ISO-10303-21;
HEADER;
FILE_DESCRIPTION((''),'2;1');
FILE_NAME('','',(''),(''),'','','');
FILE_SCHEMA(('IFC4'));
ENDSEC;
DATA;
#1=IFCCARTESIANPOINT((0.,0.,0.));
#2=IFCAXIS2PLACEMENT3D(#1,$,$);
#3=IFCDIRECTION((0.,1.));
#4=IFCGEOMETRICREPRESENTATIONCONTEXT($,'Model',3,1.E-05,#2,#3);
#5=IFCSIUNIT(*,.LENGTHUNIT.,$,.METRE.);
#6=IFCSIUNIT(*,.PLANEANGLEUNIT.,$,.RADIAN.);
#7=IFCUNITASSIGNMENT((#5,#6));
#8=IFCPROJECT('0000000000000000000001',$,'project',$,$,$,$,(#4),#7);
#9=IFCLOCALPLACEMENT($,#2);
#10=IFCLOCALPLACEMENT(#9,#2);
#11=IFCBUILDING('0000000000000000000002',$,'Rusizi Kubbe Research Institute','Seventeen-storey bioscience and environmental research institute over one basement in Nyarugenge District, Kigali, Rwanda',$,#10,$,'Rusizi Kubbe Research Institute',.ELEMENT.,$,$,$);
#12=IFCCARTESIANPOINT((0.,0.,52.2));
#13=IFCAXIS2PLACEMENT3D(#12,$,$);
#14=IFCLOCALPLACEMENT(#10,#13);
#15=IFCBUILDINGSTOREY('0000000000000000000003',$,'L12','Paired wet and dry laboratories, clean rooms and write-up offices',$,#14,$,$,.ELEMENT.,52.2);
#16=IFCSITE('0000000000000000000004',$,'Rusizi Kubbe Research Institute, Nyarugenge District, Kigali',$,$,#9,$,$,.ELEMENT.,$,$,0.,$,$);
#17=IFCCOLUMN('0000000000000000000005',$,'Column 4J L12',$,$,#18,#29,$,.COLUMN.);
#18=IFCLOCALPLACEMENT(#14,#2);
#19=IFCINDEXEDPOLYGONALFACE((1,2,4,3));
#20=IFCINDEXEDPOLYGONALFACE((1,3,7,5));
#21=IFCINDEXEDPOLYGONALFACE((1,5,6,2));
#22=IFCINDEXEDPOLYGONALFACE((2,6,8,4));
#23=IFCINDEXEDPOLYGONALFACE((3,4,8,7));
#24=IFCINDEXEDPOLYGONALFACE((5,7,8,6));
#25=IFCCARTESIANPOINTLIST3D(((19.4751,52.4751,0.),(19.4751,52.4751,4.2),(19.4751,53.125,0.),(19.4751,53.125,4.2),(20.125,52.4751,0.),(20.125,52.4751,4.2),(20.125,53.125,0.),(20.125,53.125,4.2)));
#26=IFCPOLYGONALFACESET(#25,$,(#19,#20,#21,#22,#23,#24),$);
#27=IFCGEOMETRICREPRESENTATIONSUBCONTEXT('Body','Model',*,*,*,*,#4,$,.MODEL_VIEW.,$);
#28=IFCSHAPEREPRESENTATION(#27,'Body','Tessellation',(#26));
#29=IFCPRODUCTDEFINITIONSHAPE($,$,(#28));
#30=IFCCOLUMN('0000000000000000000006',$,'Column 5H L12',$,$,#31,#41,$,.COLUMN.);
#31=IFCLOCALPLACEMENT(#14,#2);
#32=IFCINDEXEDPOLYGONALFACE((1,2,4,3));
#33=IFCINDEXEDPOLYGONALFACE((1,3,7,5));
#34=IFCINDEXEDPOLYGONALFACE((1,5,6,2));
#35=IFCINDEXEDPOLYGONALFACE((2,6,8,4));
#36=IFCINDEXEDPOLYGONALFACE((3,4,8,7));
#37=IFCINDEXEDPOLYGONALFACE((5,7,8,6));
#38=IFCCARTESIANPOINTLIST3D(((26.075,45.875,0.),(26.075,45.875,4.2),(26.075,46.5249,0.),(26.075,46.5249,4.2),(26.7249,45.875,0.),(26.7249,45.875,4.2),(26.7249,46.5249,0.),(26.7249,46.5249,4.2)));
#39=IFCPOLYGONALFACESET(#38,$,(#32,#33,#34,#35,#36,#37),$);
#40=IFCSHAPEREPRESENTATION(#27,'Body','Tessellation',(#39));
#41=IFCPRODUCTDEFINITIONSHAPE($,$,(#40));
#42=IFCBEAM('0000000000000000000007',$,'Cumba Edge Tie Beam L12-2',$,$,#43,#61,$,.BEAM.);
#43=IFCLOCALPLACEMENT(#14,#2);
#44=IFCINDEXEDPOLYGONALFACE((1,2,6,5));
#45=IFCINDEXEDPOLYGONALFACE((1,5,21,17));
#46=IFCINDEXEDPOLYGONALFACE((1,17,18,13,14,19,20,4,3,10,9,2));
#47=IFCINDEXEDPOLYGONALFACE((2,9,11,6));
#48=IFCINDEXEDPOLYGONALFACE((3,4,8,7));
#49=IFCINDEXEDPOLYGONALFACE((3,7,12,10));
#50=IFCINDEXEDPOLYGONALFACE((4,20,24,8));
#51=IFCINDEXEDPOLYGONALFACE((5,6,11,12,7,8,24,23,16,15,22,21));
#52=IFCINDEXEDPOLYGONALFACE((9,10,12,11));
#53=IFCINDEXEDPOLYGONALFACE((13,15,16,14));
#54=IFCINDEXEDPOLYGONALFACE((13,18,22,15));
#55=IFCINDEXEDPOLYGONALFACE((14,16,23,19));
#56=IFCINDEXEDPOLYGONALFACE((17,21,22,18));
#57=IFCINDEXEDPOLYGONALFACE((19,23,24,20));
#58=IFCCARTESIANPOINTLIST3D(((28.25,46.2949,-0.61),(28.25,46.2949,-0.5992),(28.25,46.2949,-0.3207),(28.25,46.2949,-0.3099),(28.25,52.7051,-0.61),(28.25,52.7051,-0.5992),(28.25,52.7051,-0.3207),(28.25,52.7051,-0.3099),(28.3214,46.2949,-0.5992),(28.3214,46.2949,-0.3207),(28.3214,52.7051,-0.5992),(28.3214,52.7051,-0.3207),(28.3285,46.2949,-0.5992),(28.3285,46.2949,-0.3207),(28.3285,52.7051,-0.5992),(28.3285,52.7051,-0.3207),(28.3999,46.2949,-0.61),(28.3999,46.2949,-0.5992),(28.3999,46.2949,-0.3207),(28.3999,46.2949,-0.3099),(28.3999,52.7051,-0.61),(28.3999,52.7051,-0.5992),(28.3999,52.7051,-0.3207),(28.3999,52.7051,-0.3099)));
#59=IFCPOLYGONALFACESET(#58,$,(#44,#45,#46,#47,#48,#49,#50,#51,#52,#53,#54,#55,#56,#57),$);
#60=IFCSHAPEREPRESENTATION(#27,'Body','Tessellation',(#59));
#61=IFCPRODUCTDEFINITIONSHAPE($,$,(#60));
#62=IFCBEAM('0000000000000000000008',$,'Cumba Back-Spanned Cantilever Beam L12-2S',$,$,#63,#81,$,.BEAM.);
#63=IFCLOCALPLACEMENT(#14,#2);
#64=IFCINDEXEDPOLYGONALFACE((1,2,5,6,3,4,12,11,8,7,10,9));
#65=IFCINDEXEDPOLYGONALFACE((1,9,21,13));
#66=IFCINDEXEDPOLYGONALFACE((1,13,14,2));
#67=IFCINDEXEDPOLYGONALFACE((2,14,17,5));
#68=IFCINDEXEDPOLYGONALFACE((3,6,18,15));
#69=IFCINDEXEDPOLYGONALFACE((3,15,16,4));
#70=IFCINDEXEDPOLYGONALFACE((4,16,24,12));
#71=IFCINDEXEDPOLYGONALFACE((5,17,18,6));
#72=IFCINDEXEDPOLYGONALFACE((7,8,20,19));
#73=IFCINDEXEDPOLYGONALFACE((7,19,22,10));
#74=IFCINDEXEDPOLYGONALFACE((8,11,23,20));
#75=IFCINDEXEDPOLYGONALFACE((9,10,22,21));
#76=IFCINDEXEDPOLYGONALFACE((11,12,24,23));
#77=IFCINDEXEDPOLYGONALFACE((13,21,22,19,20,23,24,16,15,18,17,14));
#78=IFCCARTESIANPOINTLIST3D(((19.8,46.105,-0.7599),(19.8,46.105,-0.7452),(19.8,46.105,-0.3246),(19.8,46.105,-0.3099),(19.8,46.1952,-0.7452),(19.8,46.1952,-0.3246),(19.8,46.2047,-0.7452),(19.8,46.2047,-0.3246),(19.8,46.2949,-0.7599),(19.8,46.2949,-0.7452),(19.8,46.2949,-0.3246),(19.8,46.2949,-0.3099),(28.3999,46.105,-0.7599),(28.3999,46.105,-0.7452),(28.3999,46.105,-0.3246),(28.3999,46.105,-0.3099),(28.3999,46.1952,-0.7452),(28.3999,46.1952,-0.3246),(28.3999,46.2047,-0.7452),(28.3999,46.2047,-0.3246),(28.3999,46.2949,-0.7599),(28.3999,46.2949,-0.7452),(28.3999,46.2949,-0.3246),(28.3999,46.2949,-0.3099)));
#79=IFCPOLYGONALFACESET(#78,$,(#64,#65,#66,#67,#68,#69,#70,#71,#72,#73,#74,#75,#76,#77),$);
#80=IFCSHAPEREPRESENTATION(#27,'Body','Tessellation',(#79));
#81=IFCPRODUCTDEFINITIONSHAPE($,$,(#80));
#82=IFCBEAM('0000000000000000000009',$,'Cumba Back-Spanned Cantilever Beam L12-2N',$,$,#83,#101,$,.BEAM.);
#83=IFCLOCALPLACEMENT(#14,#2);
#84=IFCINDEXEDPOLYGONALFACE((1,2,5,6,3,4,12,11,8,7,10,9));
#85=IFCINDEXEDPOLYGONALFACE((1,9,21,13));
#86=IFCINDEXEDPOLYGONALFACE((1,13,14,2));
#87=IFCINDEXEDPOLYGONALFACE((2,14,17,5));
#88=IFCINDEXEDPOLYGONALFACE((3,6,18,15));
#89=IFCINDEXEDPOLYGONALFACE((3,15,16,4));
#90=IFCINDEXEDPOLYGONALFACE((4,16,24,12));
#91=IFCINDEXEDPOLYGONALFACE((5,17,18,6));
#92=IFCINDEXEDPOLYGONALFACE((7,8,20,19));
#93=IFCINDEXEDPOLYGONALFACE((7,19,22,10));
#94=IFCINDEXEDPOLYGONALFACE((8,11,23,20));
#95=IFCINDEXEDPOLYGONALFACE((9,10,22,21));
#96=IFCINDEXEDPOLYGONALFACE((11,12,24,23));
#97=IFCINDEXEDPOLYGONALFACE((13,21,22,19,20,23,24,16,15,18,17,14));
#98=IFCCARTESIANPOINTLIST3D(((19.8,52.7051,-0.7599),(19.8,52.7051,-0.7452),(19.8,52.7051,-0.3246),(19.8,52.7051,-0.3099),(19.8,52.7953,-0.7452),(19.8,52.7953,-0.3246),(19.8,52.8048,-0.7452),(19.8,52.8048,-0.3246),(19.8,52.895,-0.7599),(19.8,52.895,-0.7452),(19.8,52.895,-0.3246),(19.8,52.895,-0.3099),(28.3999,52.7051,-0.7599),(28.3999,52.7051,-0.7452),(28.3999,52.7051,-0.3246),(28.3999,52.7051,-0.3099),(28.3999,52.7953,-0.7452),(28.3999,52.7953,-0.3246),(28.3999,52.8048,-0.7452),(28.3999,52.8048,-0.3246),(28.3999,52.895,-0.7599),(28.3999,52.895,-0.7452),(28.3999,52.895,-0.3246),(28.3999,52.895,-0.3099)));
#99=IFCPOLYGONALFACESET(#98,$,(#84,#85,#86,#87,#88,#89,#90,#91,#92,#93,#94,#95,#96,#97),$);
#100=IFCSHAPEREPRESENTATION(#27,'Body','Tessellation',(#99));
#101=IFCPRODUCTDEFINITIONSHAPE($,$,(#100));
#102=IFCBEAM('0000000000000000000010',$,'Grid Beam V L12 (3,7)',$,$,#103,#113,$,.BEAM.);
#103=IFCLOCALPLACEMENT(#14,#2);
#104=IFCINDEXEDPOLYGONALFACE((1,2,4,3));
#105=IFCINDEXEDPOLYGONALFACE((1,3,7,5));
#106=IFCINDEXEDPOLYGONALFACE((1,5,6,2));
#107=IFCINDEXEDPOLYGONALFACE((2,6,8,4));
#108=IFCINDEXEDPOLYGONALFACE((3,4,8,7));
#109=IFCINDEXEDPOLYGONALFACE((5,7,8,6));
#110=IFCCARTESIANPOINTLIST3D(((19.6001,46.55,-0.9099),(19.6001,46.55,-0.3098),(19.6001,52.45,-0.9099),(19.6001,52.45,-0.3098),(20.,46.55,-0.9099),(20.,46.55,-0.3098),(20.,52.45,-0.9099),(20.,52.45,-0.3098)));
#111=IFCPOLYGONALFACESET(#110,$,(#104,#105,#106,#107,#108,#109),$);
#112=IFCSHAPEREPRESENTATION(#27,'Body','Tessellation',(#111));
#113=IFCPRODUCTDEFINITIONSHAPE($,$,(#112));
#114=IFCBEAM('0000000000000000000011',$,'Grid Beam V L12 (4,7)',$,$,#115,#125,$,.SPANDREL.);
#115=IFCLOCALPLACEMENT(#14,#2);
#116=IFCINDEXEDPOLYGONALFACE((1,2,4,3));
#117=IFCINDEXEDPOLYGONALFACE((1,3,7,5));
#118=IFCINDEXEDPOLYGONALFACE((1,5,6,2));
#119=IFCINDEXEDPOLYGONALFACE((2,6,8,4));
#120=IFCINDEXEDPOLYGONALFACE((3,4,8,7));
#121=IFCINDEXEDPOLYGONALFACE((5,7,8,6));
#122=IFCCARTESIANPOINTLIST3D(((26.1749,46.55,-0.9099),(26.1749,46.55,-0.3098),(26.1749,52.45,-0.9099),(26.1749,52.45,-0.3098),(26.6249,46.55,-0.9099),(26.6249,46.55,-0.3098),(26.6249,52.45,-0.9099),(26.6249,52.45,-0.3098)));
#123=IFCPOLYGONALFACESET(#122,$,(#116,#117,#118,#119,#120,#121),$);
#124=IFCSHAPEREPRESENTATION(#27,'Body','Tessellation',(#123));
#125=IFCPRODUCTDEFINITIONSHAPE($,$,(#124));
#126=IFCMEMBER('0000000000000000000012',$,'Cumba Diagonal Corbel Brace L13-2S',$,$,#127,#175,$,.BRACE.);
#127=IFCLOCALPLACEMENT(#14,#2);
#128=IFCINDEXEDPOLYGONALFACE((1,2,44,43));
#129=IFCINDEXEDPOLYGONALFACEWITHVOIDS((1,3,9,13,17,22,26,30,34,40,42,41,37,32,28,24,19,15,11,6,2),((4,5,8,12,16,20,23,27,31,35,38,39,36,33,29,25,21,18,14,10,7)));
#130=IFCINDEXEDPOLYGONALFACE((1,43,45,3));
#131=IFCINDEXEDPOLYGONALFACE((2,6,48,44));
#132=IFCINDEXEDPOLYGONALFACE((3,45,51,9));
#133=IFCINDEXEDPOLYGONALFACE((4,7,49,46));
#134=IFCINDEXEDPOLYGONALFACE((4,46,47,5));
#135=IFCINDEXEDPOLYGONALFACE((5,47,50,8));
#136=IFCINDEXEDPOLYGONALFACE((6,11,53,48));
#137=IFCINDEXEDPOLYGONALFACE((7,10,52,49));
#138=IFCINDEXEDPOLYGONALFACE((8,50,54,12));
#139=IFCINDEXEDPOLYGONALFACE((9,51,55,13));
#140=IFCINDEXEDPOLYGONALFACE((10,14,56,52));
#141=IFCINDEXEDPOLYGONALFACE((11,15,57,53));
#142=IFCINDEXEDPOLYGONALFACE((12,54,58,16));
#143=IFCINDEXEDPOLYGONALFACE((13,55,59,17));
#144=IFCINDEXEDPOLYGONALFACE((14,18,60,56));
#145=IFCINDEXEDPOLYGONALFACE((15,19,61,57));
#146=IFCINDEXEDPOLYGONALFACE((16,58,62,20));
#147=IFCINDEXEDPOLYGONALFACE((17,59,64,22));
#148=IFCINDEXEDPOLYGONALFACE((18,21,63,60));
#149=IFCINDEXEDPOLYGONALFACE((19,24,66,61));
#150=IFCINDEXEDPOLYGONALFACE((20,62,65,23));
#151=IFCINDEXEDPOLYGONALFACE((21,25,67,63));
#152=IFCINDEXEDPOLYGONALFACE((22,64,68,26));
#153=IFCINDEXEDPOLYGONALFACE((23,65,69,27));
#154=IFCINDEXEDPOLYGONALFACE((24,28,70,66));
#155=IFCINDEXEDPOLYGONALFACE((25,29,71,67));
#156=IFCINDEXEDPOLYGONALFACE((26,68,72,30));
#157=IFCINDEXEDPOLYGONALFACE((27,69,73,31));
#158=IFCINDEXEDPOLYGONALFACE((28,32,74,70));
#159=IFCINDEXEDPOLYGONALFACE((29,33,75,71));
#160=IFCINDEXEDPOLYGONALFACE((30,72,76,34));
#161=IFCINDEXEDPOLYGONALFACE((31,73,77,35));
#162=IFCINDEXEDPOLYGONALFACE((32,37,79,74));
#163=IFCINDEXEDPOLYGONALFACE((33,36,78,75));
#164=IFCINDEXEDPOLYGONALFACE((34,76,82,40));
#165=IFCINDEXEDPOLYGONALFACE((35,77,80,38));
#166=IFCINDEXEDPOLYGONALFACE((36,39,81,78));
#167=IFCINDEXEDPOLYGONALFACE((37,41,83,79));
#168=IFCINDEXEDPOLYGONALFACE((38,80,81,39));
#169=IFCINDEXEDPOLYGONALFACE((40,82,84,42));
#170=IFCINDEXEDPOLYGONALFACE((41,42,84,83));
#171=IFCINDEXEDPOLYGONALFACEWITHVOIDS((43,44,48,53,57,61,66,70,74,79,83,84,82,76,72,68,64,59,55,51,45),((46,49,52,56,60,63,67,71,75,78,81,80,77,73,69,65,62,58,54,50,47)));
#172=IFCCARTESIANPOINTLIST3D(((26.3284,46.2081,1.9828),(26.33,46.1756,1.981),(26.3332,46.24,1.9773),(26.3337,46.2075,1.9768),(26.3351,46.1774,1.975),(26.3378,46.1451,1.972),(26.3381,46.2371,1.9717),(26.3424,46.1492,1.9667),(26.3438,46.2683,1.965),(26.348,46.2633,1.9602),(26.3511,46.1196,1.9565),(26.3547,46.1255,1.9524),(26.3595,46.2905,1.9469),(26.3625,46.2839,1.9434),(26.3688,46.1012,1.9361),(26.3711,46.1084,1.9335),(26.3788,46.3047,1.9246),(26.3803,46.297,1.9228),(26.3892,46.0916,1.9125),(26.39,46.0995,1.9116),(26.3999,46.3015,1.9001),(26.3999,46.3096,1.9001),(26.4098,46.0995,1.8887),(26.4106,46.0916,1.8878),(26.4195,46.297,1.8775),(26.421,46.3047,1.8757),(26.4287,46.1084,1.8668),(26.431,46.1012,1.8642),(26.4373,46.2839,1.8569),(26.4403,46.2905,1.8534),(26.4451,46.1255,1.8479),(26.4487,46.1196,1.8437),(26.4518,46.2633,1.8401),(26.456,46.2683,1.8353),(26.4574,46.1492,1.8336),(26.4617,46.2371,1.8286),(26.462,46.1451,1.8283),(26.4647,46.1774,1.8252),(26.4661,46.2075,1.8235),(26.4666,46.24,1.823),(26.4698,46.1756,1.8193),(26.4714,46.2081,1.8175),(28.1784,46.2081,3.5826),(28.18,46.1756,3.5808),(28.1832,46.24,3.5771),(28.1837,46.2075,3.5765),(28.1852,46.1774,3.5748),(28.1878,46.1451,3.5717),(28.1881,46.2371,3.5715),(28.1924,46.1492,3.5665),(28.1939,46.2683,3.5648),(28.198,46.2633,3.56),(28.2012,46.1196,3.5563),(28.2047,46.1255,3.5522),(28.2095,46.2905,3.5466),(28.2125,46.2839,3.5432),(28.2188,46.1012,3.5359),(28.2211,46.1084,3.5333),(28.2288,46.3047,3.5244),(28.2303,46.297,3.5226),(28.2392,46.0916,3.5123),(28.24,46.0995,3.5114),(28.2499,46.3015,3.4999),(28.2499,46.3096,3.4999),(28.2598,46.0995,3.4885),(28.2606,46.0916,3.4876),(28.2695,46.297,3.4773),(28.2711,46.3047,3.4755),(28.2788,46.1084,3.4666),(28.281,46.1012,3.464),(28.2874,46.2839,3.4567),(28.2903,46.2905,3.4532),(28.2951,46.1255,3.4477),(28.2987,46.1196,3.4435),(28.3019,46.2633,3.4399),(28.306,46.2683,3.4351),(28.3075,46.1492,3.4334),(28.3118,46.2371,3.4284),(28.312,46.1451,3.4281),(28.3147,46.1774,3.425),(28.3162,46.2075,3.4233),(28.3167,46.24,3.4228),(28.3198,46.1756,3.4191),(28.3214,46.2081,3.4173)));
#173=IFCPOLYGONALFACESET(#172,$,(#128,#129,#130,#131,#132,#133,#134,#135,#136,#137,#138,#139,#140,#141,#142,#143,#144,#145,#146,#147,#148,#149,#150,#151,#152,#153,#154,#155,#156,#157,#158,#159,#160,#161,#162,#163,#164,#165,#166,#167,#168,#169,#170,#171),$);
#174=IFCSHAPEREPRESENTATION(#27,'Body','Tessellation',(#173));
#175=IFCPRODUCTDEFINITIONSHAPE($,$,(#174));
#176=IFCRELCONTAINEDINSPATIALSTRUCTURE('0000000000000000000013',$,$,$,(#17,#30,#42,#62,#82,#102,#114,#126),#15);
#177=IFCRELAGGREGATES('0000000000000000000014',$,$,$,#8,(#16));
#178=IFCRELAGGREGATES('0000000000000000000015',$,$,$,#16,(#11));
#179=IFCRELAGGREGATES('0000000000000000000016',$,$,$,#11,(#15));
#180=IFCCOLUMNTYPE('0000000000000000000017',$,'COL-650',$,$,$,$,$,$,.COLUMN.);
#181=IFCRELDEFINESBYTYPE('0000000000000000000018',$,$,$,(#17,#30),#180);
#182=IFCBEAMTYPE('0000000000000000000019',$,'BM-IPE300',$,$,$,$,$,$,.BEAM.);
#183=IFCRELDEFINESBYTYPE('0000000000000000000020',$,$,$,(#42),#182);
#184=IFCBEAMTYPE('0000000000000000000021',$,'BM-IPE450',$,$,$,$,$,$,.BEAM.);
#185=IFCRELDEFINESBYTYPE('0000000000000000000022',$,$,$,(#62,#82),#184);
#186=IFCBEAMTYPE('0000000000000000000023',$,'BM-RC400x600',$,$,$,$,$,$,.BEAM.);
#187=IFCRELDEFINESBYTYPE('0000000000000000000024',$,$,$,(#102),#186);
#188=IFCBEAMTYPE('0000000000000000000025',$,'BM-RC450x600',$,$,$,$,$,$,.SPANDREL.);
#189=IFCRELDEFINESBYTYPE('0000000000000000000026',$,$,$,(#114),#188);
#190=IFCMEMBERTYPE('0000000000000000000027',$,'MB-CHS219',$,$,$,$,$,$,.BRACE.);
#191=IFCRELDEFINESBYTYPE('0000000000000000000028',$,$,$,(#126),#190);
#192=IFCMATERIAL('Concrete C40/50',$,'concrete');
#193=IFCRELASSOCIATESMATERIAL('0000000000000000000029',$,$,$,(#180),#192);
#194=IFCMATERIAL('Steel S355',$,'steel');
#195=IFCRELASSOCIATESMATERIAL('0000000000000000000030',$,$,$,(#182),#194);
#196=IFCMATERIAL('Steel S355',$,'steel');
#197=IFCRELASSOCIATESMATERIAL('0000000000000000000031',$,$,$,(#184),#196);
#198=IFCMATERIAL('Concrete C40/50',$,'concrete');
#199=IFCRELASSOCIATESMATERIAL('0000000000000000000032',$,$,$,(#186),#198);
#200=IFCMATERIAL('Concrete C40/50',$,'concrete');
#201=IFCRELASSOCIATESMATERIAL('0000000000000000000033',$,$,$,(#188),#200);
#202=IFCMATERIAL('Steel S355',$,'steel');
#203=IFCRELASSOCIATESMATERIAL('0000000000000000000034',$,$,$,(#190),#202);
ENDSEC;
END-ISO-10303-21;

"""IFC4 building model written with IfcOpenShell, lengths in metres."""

from ifc_helpers import new_model, si_unit, direction, frame, origin, origin_2d, place, context, subcontext, project, spatial, rectangle, hollow_circle, i_section, extrude, material, material_profile, profile_set, type_object, element, save


model = new_model("IFC4")

# Units and contexts
model_context = context("Model", 3, precision=1e-05, world=origin(), true_north=direction((0.0, 1.0)))
body_context = subcontext(model_context, "Body", "Model", "MODEL_VIEW")
ifc_project = project(units=[si_unit("LENGTHUNIT", "METRE"), si_unit("PLANEANGLEUNIT", "RADIAN")], contexts=[model_context])

# Site, building, storey
site_placement = place(None, origin())
site = spatial("IfcSite", under=ifc_project, at=site_placement, Name="Rusizi Kubbe Research Institute, Nyarugenge District, Kigali", CompositionType="ELEMENT", RefElevation=0.0)
building_placement = place(site_placement, origin())
building = spatial("IfcBuilding", under=site, at=building_placement, Name="Rusizi Kubbe Research Institute", Description="Seventeen-storey bioscience and environmental research institute over one basement in Nyarugenge District, Kigali, Rwanda", LongName="Rusizi Kubbe Research Institute", CompositionType="ELEMENT")
storey_placement = place(building_placement, frame((0.0, 0.0, 52.2)))
storey = spatial("IfcBuildingStorey", under=building, at=storey_placement, Name="L12", Description="Paired wet and dry laboratories, clean rooms and write-up offices", CompositionType="ELEMENT", Elevation=52.2)

# Columns
ifc_material_1 = material(Name="Concrete C40/50", Category="concrete")
ifc_material_profile_1 = material_profile(ifc_material_1, rectangle(XDim=0.6499, YDim=0.6499, at=origin_2d()), Name="RC650x650")
ifc_profile_set_1 = profile_set([ifc_material_profile_1], Name="Concrete C40/50")
column_type = type_object("IfcColumnType", Name="COL-650", PredefinedType="COLUMN", material=ifc_profile_set_1)
for number, where, z_axis, x_axis, name in (
    (1, (19.8, 52.8, 0.0), (0.0, 0.0, 1.0), (1.0, 0.0, 0.0), "Column 4J L12"),
    (2, (26.3999, 46.2, 0.0), (0.0, 0.0, 1.0), (1.0, 0.0, 0.0), "Column 5H L12"),
):
    element("IfcColumn", number, at=place(storey_placement, frame(where, z_axis=z_axis, x_axis=x_axis)), inside=storey, type_object=column_type, Name=name, PredefinedType="COLUMN", context=body_context, shape_type="SweptSolid", body=[
        extrude(rectangle(XDim=0.6499, YDim=0.6499, at=origin_2d()), origin(), (0.0, 0.0, 1.0), 4.2),
    ])

# Beams
ifc_material_2 = material(Name="Steel S355", Category="steel")
ifc_material_profile_2 = material_profile(ifc_material_2, i_section(OverallWidth=0.1499, OverallDepth=0.3, WebThickness=0.0071, FlangeThickness=0.0107, at=origin_2d()), Name="IPE 300")
ifc_profile_set_2 = profile_set([ifc_material_profile_2], Name="Steel S355")
beam_type_1 = type_object("IfcBeamType", Name="BM-IPE300", PredefinedType="BEAM", material=ifc_profile_set_2)
beam_1_placement = place(storey_placement, frame((28.325, 46.2949, -0.46), z_axis=(0.0, 1.0, 0.0), x_axis=(-1.0, 0.0, 0.0)))
element("IfcBeam", 3, at=beam_1_placement, inside=storey, type_object=beam_type_1, Name="Cumba Edge Tie Beam L12-2", PredefinedType="BEAM", context=body_context, shape_type="SweptSolid", body=[
    extrude(i_section(OverallWidth=0.1499, OverallDepth=0.3, WebThickness=0.0071, FlangeThickness=0.0107, at=origin_2d()), origin(), (0.0, 0.0, 1.0), 6.4102),
])
ifc_material_3 = material(Name="Steel S355", Category="steel")
ifc_material_profile_3 = material_profile(ifc_material_3, i_section(OverallWidth=0.1899, OverallDepth=0.45, WebThickness=0.0095, FlangeThickness=0.0146, at=origin_2d()), Name="IPE 450")
ifc_profile_set_3 = profile_set([ifc_material_profile_3], Name="Steel S355")
beam_type_2 = type_object("IfcBeamType", Name="BM-IPE450", PredefinedType="BEAM", material=ifc_profile_set_3)
for number, where, z_axis, x_axis, name in (
    (4, (19.8, 46.2, -0.5349), (1.0, 0.0, 0.0), (0.0, 1.0, 0.0), "Cumba Back-Spanned Cantilever Beam L12-2S"),
    (5, (19.8, 52.8, -0.5349), (1.0, 0.0, 0.0), (0.0, 1.0, 0.0), "Cumba Back-Spanned Cantilever Beam L12-2N"),
):
    element("IfcBeam", number, at=place(storey_placement, frame(where, z_axis=z_axis, x_axis=x_axis)), inside=storey, type_object=beam_type_2, Name=name, PredefinedType="BEAM", context=body_context, shape_type="SweptSolid", body=[
        extrude(i_section(OverallWidth=0.1899, OverallDepth=0.45, WebThickness=0.0095, FlangeThickness=0.0146, at=origin_2d()), origin(), (0.0, 0.0, 1.0), 8.5999),
    ])
ifc_material_4 = material(Name="Concrete C40/50", Category="concrete")
ifc_material_profile_4 = material_profile(ifc_material_4, rectangle(XDim=0.3999, YDim=0.6001, at=origin_2d()), Name="RC400x600")
ifc_profile_set_4 = profile_set([ifc_material_profile_4], Name="Concrete C40/50")
beam_type_3 = type_object("IfcBeamType", Name="BM-RC400x600", PredefinedType="BEAM", material=ifc_profile_set_4)
beam_2_placement = place(storey_placement, frame((19.8, 46.55, -0.6099), z_axis=(0.0, 1.0, 0.0), x_axis=(-1.0, 0.0, 0.0)))
element("IfcBeam", 6, at=beam_2_placement, inside=storey, type_object=beam_type_3, Name="Grid Beam V L12 (3,7)", PredefinedType="BEAM", context=body_context, shape_type="SweptSolid", body=[
    extrude(rectangle(XDim=0.3999, YDim=0.6001, at=origin_2d()), origin(), (0.0, 0.0, 1.0), 5.8999),
])
ifc_material_5 = material(Name="Concrete C40/50", Category="concrete")
ifc_material_profile_5 = material_profile(ifc_material_5, rectangle(XDim=0.45, YDim=0.6001, at=origin_2d()), Name="RC450x600")
ifc_profile_set_5 = profile_set([ifc_material_profile_5], Name="Concrete C40/50")
beam_type_4 = type_object("IfcBeamType", Name="BM-RC450x600", PredefinedType="SPANDREL", material=ifc_profile_set_5)
beam_3_placement = place(storey_placement, frame((26.3999, 46.55, -0.6099), z_axis=(0.0, 1.0, 0.0), x_axis=(-1.0, 0.0, 0.0)))
element("IfcBeam", 7, at=beam_3_placement, inside=storey, type_object=beam_type_4, Name="Grid Beam V L12 (4,7)", PredefinedType="SPANDREL", context=body_context, shape_type="SweptSolid", body=[
    extrude(rectangle(XDim=0.45, YDim=0.6001, at=origin_2d()), origin(), (0.0, 0.0, 1.0), 5.8999),
])

# Member
ifc_material_6 = material(Name="Steel S355", Category="steel")
ifc_material_profile_6 = material_profile(ifc_material_6, hollow_circle(Radius=0.1096, WallThickness=0.0081, at=origin_2d()), Name="CHS 219.1x8.0")
ifc_profile_set_6 = profile_set([ifc_material_profile_6], Name="Steel S355")
member_type_1 = type_object("IfcMemberType", Name="MB-CHS219", PredefinedType="BRACE", material=ifc_profile_set_6)
member_1_placement = place(storey_placement, frame((26.3999, 46.2, 1.9001), z_axis=(0.75641, 0.0, 0.654098), x_axis=(0.0, 1.0, 0.0)))
element("IfcMember", 8, at=member_1_placement, inside=storey, type_object=member_type_1, Name="Cumba Diagonal Corbel Brace L13-2S", PredefinedType="BRACE", context=body_context, shape_type="SweptSolid", body=[
    extrude(hollow_circle(Radius=0.1096, WallThickness=0.0081, at=origin_2d()), origin(), (0.0, 0.0, 1.0), 2.4458),
])

save(model, "model.ifc")
